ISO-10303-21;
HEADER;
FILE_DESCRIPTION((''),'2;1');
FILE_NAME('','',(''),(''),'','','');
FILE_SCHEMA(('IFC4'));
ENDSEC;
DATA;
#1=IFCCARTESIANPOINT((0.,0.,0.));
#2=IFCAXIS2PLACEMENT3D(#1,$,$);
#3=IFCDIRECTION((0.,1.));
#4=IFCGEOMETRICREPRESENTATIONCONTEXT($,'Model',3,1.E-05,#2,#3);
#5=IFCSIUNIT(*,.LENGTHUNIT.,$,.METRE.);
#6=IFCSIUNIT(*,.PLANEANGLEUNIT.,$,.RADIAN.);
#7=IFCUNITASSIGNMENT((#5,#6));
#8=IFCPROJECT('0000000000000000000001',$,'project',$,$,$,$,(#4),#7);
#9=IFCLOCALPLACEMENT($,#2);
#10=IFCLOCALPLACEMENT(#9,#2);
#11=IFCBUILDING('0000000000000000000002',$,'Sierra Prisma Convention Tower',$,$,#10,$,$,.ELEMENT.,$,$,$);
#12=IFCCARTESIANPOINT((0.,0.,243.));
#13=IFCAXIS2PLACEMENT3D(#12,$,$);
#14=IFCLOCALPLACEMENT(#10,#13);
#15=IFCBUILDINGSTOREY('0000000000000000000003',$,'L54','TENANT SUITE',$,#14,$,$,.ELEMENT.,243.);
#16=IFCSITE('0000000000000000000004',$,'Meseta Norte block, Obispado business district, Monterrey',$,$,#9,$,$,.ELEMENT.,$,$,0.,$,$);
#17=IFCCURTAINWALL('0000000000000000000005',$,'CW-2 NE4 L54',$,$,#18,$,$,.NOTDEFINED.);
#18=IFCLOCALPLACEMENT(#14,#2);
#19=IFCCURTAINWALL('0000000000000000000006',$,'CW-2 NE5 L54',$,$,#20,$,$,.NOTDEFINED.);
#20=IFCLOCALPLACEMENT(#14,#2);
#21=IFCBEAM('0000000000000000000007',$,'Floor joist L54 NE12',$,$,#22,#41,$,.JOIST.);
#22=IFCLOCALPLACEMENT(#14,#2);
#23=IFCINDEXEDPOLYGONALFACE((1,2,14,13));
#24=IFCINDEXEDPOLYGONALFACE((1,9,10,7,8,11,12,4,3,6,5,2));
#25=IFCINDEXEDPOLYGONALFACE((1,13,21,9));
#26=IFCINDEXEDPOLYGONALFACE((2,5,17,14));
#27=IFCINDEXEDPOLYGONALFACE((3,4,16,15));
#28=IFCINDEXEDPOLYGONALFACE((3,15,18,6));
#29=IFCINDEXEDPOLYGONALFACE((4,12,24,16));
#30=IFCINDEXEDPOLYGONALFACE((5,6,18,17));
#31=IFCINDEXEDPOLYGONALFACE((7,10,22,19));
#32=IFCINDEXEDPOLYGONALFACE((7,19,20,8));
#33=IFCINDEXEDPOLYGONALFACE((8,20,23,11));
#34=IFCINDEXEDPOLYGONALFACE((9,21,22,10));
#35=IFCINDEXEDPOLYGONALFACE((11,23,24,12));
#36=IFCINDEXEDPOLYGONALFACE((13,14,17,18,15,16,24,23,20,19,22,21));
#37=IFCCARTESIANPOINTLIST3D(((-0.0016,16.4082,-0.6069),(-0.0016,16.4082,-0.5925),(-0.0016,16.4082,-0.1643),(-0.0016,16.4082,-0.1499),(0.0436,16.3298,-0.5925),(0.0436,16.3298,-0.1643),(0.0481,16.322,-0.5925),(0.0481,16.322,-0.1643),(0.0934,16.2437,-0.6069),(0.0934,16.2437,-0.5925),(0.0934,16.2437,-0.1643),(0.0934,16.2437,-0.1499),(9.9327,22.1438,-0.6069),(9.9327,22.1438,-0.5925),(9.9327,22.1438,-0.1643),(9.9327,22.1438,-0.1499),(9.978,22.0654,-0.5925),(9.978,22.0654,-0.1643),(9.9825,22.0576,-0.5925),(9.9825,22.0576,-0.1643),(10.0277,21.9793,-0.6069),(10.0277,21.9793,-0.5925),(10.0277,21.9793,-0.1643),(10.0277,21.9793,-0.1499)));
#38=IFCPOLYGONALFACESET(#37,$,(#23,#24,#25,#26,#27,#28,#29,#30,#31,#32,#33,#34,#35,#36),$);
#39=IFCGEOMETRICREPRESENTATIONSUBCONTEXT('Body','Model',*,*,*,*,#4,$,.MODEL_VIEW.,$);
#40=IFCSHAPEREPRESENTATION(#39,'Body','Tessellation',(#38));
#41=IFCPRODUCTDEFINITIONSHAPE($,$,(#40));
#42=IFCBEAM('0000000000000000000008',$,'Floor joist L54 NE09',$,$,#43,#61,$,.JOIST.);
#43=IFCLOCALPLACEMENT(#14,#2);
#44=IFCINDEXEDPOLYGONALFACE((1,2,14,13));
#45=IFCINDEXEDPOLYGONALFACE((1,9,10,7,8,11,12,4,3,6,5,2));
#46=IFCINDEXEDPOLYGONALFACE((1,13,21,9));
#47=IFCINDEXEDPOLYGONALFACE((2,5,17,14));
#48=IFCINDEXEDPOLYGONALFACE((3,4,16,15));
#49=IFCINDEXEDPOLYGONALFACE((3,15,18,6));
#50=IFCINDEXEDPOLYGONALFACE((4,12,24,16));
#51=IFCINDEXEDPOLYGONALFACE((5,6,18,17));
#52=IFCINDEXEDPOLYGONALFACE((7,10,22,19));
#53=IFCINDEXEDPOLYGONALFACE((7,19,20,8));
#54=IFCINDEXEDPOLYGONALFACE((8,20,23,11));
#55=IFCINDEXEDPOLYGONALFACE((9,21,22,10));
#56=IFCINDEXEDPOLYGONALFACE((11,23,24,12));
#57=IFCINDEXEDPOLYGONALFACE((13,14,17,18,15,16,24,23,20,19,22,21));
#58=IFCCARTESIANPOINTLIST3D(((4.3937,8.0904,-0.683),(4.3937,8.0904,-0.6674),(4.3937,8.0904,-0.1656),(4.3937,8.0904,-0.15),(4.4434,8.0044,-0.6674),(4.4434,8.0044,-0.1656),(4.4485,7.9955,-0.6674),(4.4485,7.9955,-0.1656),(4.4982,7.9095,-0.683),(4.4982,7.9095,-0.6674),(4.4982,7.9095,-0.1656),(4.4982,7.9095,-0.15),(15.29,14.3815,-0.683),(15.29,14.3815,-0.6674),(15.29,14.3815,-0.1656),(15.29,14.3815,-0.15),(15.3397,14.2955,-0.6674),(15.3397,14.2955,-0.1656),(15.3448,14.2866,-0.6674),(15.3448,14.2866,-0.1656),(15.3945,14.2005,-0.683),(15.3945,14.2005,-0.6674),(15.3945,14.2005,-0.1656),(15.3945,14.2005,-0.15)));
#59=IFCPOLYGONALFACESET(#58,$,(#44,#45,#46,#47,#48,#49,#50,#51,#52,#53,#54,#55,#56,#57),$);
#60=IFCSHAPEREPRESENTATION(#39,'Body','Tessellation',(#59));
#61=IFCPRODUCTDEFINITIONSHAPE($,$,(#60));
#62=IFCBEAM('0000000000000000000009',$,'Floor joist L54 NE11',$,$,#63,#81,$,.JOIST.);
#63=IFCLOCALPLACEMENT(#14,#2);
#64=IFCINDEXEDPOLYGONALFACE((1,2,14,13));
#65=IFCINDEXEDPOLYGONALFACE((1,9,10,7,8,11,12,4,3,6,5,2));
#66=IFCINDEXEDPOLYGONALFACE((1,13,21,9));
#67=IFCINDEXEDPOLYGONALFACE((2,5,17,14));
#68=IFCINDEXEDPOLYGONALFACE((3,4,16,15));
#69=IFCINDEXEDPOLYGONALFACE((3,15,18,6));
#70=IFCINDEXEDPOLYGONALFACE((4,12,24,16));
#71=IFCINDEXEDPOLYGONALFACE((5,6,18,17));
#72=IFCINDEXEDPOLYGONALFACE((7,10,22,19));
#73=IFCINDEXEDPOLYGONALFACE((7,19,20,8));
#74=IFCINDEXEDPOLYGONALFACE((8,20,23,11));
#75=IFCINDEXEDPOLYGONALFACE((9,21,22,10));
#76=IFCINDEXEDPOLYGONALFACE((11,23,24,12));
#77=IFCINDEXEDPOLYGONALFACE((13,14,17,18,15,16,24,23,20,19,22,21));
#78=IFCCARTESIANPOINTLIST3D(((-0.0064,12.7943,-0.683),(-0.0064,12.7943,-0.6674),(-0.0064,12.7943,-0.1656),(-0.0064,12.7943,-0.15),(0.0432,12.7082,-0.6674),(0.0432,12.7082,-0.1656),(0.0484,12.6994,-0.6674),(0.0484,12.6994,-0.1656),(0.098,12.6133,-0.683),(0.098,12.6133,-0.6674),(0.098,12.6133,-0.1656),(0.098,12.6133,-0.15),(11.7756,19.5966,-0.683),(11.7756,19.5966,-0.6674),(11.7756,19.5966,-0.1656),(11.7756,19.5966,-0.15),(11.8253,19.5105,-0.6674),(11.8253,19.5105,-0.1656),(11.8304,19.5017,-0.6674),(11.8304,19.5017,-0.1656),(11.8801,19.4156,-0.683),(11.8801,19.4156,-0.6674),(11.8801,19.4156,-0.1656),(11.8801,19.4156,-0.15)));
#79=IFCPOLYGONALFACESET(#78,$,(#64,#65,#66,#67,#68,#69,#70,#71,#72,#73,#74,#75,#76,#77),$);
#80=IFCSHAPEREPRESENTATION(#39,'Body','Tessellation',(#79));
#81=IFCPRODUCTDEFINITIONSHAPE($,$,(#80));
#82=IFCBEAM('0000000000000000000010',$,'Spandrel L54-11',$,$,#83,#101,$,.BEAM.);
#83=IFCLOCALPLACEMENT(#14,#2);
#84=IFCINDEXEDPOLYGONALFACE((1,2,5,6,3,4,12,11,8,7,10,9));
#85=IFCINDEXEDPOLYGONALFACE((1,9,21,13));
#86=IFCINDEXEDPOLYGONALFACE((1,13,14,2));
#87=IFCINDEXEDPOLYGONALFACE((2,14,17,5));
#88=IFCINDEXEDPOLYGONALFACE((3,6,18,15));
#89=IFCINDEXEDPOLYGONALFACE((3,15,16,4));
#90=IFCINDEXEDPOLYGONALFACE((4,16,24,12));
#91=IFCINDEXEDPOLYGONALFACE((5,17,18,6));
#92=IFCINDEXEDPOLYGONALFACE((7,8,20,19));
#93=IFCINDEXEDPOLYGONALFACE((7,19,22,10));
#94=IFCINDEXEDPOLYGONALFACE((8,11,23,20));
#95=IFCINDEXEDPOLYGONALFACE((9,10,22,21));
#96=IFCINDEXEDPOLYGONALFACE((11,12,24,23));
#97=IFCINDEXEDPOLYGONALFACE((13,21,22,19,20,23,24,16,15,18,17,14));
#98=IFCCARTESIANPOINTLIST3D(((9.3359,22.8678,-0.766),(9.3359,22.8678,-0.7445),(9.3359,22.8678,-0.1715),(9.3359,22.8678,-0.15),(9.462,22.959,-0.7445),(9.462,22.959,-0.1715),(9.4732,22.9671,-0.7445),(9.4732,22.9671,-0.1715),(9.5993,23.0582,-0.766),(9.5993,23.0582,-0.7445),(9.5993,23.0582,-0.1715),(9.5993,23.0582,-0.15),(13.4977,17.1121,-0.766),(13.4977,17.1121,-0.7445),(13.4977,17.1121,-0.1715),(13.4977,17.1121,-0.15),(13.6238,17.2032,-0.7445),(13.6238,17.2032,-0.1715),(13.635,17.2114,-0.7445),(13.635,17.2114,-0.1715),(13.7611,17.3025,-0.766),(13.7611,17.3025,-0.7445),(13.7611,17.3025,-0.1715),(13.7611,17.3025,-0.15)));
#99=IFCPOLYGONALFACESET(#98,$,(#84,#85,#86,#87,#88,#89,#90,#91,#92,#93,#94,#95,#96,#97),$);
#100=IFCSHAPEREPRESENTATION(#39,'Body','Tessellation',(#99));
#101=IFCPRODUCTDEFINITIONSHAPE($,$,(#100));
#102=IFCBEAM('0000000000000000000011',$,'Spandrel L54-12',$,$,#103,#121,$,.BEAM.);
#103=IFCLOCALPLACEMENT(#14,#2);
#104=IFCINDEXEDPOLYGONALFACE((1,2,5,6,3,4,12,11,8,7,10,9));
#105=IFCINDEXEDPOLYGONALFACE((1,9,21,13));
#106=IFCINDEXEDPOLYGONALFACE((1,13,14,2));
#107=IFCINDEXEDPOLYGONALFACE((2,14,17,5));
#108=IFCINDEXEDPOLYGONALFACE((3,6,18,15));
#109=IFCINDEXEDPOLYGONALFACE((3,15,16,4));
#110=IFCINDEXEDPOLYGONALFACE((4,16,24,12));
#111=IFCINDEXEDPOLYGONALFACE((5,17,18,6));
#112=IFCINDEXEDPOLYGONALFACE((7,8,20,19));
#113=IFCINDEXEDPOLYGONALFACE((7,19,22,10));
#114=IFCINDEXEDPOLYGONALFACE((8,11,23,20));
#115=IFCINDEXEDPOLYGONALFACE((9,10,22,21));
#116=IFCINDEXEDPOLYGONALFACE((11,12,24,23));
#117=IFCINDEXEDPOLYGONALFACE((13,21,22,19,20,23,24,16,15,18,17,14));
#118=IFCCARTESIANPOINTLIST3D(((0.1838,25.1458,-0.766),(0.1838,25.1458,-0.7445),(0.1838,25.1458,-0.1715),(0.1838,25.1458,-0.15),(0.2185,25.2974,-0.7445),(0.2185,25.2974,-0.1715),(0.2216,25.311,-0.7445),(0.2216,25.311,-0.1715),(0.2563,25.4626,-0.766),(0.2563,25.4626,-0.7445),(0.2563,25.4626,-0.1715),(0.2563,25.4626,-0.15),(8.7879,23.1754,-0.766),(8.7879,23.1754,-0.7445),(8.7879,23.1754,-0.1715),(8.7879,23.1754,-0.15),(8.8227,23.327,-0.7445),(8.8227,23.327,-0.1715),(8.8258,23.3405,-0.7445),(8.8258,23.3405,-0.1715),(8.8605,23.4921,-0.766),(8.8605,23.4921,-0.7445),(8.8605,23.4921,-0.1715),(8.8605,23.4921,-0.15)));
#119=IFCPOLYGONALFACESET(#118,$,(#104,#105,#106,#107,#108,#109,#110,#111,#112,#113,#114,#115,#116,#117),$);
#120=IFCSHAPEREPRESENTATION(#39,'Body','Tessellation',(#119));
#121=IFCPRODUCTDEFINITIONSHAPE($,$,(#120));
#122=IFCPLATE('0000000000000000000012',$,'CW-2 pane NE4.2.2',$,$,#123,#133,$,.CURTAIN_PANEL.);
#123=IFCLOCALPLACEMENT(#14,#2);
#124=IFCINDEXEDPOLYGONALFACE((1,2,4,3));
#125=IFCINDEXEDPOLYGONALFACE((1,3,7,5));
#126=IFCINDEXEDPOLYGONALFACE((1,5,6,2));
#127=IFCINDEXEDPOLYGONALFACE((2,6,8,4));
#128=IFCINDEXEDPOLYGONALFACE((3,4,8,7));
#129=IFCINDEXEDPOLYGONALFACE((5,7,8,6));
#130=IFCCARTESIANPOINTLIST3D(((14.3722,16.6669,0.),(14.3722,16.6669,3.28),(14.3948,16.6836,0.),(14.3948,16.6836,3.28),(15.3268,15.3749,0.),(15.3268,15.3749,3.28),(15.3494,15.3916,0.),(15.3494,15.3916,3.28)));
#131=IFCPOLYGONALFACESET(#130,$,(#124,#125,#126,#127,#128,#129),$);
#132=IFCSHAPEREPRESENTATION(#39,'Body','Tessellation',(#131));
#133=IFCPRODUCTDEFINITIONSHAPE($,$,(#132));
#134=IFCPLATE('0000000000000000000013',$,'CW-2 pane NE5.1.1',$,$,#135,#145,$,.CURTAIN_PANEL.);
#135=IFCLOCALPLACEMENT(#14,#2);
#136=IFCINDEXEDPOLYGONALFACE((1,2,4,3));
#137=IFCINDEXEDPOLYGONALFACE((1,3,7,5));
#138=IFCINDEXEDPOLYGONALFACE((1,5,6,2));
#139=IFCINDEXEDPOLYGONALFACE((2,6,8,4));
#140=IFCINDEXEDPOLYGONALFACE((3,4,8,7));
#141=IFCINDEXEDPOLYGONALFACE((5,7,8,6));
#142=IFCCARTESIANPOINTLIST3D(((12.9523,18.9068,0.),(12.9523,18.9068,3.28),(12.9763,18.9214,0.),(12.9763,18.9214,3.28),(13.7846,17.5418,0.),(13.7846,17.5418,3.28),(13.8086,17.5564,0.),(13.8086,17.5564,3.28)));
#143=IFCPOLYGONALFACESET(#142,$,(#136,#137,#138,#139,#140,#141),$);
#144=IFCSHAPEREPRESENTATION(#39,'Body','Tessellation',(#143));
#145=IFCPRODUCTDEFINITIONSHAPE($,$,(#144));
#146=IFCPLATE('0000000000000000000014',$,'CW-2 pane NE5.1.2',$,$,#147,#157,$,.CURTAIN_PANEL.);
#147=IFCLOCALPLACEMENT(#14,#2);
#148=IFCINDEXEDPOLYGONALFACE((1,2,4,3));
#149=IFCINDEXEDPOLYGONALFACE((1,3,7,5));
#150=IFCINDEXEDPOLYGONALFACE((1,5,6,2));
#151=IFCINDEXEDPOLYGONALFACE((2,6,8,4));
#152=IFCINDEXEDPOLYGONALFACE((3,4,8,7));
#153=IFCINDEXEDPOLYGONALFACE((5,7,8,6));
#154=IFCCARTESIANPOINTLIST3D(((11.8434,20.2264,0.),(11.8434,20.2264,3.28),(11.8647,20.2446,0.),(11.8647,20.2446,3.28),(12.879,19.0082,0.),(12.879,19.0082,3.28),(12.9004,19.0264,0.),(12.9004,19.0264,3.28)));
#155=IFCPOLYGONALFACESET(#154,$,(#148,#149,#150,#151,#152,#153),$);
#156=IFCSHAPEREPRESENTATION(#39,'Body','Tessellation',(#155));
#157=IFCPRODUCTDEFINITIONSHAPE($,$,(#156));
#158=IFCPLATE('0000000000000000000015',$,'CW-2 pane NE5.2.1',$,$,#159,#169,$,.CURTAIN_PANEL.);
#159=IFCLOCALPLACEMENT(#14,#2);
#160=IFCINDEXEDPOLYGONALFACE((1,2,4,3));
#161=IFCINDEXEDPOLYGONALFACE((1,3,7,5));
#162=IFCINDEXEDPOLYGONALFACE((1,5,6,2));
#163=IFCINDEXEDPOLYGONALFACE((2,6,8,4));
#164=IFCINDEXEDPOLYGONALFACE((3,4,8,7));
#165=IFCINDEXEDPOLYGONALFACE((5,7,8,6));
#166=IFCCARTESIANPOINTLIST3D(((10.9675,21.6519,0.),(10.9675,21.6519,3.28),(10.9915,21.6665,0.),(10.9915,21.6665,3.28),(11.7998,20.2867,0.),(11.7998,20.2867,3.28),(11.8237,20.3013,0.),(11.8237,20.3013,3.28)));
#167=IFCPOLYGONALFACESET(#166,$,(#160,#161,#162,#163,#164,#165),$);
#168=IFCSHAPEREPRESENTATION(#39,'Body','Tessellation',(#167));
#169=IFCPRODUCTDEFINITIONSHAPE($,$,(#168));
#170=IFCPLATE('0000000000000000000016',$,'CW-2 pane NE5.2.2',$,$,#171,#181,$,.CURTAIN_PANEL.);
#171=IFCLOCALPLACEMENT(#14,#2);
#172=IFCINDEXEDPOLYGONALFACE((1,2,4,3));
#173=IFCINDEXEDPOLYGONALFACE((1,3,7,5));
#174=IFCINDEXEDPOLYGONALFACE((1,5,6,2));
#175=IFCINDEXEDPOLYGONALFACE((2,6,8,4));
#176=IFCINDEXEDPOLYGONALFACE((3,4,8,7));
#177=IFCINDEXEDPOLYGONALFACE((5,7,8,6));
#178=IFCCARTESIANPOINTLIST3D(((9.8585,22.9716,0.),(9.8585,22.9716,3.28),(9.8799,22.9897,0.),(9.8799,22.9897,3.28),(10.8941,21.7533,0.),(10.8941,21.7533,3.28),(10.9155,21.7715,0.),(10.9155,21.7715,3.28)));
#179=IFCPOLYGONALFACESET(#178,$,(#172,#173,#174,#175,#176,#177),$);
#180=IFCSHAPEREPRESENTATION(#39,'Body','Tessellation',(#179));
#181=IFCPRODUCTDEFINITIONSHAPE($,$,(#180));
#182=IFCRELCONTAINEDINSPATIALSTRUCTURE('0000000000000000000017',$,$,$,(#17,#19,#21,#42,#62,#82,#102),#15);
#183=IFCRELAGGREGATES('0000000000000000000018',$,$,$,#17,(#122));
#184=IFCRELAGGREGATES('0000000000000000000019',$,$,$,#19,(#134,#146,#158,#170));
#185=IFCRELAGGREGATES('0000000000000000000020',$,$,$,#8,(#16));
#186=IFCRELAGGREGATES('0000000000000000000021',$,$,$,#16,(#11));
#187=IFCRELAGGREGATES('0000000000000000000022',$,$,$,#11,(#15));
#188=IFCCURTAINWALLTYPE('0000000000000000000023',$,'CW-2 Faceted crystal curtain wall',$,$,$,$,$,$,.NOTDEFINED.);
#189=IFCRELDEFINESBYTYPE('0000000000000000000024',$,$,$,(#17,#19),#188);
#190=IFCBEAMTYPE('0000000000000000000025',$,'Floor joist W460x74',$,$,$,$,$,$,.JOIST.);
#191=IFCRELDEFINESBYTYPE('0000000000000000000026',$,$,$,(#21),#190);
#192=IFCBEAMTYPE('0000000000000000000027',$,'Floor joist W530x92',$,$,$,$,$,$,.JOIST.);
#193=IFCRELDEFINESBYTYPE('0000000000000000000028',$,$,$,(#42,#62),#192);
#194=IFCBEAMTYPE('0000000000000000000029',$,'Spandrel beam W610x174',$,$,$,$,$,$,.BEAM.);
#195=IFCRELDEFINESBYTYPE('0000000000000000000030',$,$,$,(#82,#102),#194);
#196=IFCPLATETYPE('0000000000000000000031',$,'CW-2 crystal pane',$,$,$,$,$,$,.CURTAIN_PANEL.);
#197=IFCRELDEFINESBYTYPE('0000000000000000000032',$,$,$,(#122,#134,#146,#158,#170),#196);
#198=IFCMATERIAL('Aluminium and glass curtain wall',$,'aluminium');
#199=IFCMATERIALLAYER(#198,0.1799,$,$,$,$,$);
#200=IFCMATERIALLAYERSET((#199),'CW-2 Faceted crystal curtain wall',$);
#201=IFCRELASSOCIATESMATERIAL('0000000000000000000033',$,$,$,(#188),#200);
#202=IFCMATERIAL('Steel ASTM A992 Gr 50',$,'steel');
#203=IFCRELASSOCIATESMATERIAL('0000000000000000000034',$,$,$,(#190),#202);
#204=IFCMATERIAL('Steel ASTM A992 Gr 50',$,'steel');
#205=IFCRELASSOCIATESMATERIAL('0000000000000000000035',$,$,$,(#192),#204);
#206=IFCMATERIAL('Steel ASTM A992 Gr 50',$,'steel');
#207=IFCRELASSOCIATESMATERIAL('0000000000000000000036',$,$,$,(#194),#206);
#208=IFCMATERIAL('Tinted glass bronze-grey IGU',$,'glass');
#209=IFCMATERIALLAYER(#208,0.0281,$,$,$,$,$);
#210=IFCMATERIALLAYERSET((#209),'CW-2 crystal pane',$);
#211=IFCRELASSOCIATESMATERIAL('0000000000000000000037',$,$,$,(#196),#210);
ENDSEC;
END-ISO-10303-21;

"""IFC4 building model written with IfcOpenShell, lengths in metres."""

from ifc_helpers import new_model, si_unit, direction, frame, origin, origin_2d, place, context, subcontext, project, spatial, polyline, i_section, outline, extrude, material, layer, layer_set, material_profile, profile_set, type_object, element, aggregate, save


model = new_model("IFC4")

# Units and contexts
model_context = context("Model", 3, precision=1e-05, world=origin(), true_north=direction((0.0, 1.0)))
body_context = subcontext(model_context, "Body", "Model", "MODEL_VIEW")
ifc_project = project(units=[si_unit("LENGTHUNIT", "METRE"), si_unit("PLANEANGLEUNIT", "RADIAN")], contexts=[model_context])

# Site, building, storey
site_placement = place(None, origin())
site = spatial("IfcSite", under=ifc_project, at=site_placement, Name="Meseta Norte block, Obispado business district, Monterrey", CompositionType="ELEMENT", RefElevation=0.0)
building_placement = place(site_placement, origin())
building = spatial("IfcBuilding", under=site, at=building_placement, Name="Sierra Prisma Convention Tower", CompositionType="ELEMENT")
storey_placement = place(building_placement, frame((0.0, 0.0, 243.0)))
storey = spatial("IfcBuildingStorey", under=building, at=storey_placement, Name="L54", Description="TENANT SUITE", CompositionType="ELEMENT", Elevation=243.0)

# Curtain wall
ifc_material_1 = material(Name="Aluminium and glass curtain wall", Category="aluminium")
ifc_layer_1 = layer(ifc_material_1, 0.1799)
ifc_layer_set_1 = layer_set([ifc_layer_1], Name="CW-2 Faceted crystal curtain wall")
curtain_wall_type = type_object("IfcCurtainWallType", Name="CW-2 Faceted crystal curtain wall", PredefinedType="NOTDEFINED", material=ifc_layer_set_1)
curtain_wall_1_placement = place(storey_placement, origin())
curtain_wall_1 = element("IfcCurtainWall", 1, at=curtain_wall_1_placement, inside=storey, type_object=curtain_wall_type, Name="CW-2 NE4 L54", PredefinedType="NOTDEFINED")

# Curtain wall
curtain_wall_2_placement = place(storey_placement, origin())
curtain_wall_2 = element("IfcCurtainWall", 2, at=curtain_wall_2_placement, inside=storey, type_object=curtain_wall_type, Name="CW-2 NE5 L54", PredefinedType="NOTDEFINED")

# Beams
ifc_material_2 = material(Name="Steel ASTM A992 Gr 50", Category="steel")
ifc_material_profile_1 = material_profile(ifc_material_2, i_section(OverallWidth=0.1899, OverallDepth=0.457, WebThickness=0.009, FlangeThickness=0.0144, at=origin_2d()), Name="W460x74")
ifc_profile_set_1 = profile_set([ifc_material_profile_1], Name="Steel ASTM A992 Gr 50")
beam_type_1 = type_object("IfcBeamType", Name="Floor joist W460x74", PredefinedType="JOIST", material=ifc_profile_set_1)
beam_1_placement = place(storey_placement, frame((9.9802, 22.0615, -0.3784), z_axis=(-0.866025, -0.500001, 0.0), x_axis=(0.500001, -0.866025, 0.0)))
element("IfcBeam", 3, at=beam_1_placement, inside=storey, type_object=beam_type_1, Name="Floor joist L54 NE12", PredefinedType="JOIST", context=body_context, shape_type="SweptSolid", body=[
    extrude(i_section(OverallWidth=0.1899, OverallDepth=0.457, WebThickness=0.009, FlangeThickness=0.0144, at=origin_2d()), origin(), (0.0, 0.0, 1.0), 11.4712),
])
ifc_material_3 = material(Name="Steel ASTM A992 Gr 50", Category="steel")
ifc_material_profile_2 = material_profile(ifc_material_3, i_section(OverallWidth=0.209, OverallDepth=0.533, WebThickness=0.0103, FlangeThickness=0.0156, at=origin_2d()), Name="W530x92")
ifc_profile_set_2 = profile_set([ifc_material_profile_2], Name="Steel ASTM A992 Gr 50")
beam_type_2 = type_object("IfcBeamType", Name="Floor joist W530x92", PredefinedType="JOIST", material=ifc_profile_set_2)
beam_2_placement = place(storey_placement, frame((15.3423, 14.291, -0.4165), z_axis=(-0.866023, -0.500004, 0.0), x_axis=(0.500004, -0.866023, 0.0)))
element("IfcBeam", 4, at=beam_2_placement, inside=storey, type_object=beam_type_2, Name="Floor joist L54 NE09", PredefinedType="JOIST", context=body_context, shape_type="SweptSolid", body=[
    extrude(i_section(OverallWidth=0.209, OverallDepth=0.533, WebThickness=0.0103, FlangeThickness=0.0156, at=origin_2d()), origin(), (0.0, 0.0, 1.0), 12.582),
])
beam_3_placement = place(storey_placement, frame((11.8279, 19.5061, -0.4165), z_axis=(-0.866028, -0.499995, 0.0), x_axis=(0.499995, -0.866028, 0.0)))
element("IfcBeam", 5, at=beam_3_placement, inside=storey, type_object=beam_type_2, Name="Floor joist L54 NE11", PredefinedType="JOIST", context=body_context, shape_type="SweptSolid", body=[
    extrude(i_section(OverallWidth=0.209, OverallDepth=0.533, WebThickness=0.0103, FlangeThickness=0.0156, at=origin_2d()), origin(), (0.0, 0.0, 1.0), 13.6047),
])
ifc_material_4 = material(Name="Steel ASTM A992 Gr 50", Category="steel")
ifc_material_profile_3 = material_profile(ifc_material_4, i_section(OverallWidth=0.325, OverallDepth=0.616, WebThickness=0.0139, FlangeThickness=0.0215, at=origin_2d()), Name="W610x174")
ifc_profile_set_3 = profile_set([ifc_material_profile_3], Name="Steel ASTM A992 Gr 50")
beam_type_3 = type_object("IfcBeamType", Name="Spandrel beam W610x174", PredefinedType="BEAM", material=ifc_profile_set_3)
beam_4_placement = place(storey_placement, frame((13.6294, 17.2073, -0.458), z_axis=(-0.58594, 0.810355, 0.0), x_axis=(-0.810355, -0.58594, 0.0)))
element("IfcBeam", 6, at=beam_4_placement, inside=storey, type_object=beam_type_3, Name="Spandrel L54-11", PredefinedType="BEAM", context=body_context, shape_type="SweptSolid", body=[
    extrude(i_section(OverallWidth=0.325, OverallDepth=0.616, WebThickness=0.0139, FlangeThickness=0.0215, at=origin_2d()), origin(), (0.0, 0.0, 1.0), 7.1028),
])
beam_5_placement = place(storey_placement, frame((8.8242, 23.3337, -0.458), z_axis=(-0.974766, 0.223231, 0.0), x_axis=(-0.223231, -0.974766, 0.0)))
element("IfcBeam", 7, at=beam_5_placement, inside=storey, type_object=beam_type_3, Name="Spandrel L54-12", PredefinedType="BEAM", context=body_context, shape_type="SweptSolid", body=[
    extrude(i_section(OverallWidth=0.325, OverallDepth=0.616, WebThickness=0.0139, FlangeThickness=0.0215, at=origin_2d()), origin(), (0.0, 0.0, 1.0), 8.8269),
])

# Plates
ifc_material_5 = material(Name="Tinted glass bronze-grey IGU", Category="glass")
ifc_layer_2 = layer(ifc_material_5, 0.0281)
ifc_layer_set_2 = layer_set([ifc_layer_2], Name="CW-2 crystal pane")
plate_type = type_object("IfcPlateType", Name="CW-2 crystal pane", PredefinedType="CURTAIN_PANEL", material=ifc_layer_set_2)
plate_1_placement = place(storey_placement, frame((14.3948, 16.6836, 0.0), z_axis=(0.804284, 0.594246, 0.0), x_axis=(0.594246, -0.804284, 0.0)))
plate_1 = element("IfcPlate", 8, at=plate_1_placement, type_object=plate_type, Name="CW-2 pane NE4.2.2", PredefinedType="CURTAIN_PANEL", context=body_context, shape_type="SweptSolid", body=[
    extrude(outline(polyline([(0.0, 0.0), (1.6064, 0.0), (1.6064, -3.28), (0.0, -3.28), (0.0, 0.0)])), origin(), (0.0, 0.0, -1.0), 0.0281),
])
aggregate(curtain_wall_1, [plate_1])
plate_2_placement = place(storey_placement, frame((13.8086, 17.5564, 0.0), z_axis=(0.853806, 0.520591, 0.0), x_axis=(-0.520591, 0.853806, 0.0)))
plate_2 = element("IfcPlate", 9, at=plate_2_placement, type_object=plate_type, Name="CW-2 pane NE5.1.1", PredefinedType="CURTAIN_PANEL", context=body_context, shape_type="SweptSolid", body=[
    extrude(outline(polyline([(0.0, 0.0), (1.5987, 0.0), (1.5987, 3.28), (0.0, 3.28), (0.0, 0.0)])), origin(), (0.0, 0.0, -1.0), 0.0281),
])
plate_3_placement = place(storey_placement, frame((11.8647, 20.2446, 0.0), z_axis=(0.761902, 0.647693, 0.0), x_axis=(0.647693, -0.761902, 0.0)))
plate_3 = element("IfcPlate", 10, at=plate_3_placement, type_object=plate_type, Name="CW-2 pane NE5.1.2", PredefinedType="CURTAIN_PANEL", context=body_context, shape_type="SweptSolid", body=[
    extrude(outline(polyline([(0.0, 0.0), (1.599, 0.0), (1.599, -3.28), (0.0, -3.28), (0.0, 0.0)])), origin(), (0.0, 0.0, -1.0), 0.0281),
])
plate_4_placement = place(storey_placement, frame((11.8237, 20.3013, 0.0), z_axis=(0.853847, 0.520523, 0.0), x_axis=(-0.520523, 0.853847, 0.0)))
plate_4 = element("IfcPlate", 11, at=plate_4_placement, type_object=plate_type, Name="CW-2 pane NE5.2.1", PredefinedType="CURTAIN_PANEL", context=body_context, shape_type="SweptSolid", body=[
    extrude(outline(polyline([(0.0, 0.0), (1.5989, 0.0), (1.5989, 3.28), (0.0, 3.28), (0.0, 0.0)])), origin(), (0.0, 0.0, -1.0), 0.0281),
])
plate_5_placement = place(storey_placement, frame((9.8799, 22.9897, 0.0), z_axis=(0.761902, 0.647693, 0.0), x_axis=(0.647693, -0.761902, 0.0)))
plate_5 = element("IfcPlate", 12, at=plate_5_placement, type_object=plate_type, Name="CW-2 pane NE5.2.2", PredefinedType="CURTAIN_PANEL", context=body_context, shape_type="SweptSolid", body=[
    extrude(outline(polyline([(0.0, 0.0), (1.599, 0.0), (1.599, -3.28), (0.0, -3.28), (0.0, 0.0)])), origin(), (0.0, 0.0, -1.0), 0.0281),
])
aggregate(curtain_wall_2, [plate_2, plate_3, plate_4, plate_5])

save(model, "model.ifc")
